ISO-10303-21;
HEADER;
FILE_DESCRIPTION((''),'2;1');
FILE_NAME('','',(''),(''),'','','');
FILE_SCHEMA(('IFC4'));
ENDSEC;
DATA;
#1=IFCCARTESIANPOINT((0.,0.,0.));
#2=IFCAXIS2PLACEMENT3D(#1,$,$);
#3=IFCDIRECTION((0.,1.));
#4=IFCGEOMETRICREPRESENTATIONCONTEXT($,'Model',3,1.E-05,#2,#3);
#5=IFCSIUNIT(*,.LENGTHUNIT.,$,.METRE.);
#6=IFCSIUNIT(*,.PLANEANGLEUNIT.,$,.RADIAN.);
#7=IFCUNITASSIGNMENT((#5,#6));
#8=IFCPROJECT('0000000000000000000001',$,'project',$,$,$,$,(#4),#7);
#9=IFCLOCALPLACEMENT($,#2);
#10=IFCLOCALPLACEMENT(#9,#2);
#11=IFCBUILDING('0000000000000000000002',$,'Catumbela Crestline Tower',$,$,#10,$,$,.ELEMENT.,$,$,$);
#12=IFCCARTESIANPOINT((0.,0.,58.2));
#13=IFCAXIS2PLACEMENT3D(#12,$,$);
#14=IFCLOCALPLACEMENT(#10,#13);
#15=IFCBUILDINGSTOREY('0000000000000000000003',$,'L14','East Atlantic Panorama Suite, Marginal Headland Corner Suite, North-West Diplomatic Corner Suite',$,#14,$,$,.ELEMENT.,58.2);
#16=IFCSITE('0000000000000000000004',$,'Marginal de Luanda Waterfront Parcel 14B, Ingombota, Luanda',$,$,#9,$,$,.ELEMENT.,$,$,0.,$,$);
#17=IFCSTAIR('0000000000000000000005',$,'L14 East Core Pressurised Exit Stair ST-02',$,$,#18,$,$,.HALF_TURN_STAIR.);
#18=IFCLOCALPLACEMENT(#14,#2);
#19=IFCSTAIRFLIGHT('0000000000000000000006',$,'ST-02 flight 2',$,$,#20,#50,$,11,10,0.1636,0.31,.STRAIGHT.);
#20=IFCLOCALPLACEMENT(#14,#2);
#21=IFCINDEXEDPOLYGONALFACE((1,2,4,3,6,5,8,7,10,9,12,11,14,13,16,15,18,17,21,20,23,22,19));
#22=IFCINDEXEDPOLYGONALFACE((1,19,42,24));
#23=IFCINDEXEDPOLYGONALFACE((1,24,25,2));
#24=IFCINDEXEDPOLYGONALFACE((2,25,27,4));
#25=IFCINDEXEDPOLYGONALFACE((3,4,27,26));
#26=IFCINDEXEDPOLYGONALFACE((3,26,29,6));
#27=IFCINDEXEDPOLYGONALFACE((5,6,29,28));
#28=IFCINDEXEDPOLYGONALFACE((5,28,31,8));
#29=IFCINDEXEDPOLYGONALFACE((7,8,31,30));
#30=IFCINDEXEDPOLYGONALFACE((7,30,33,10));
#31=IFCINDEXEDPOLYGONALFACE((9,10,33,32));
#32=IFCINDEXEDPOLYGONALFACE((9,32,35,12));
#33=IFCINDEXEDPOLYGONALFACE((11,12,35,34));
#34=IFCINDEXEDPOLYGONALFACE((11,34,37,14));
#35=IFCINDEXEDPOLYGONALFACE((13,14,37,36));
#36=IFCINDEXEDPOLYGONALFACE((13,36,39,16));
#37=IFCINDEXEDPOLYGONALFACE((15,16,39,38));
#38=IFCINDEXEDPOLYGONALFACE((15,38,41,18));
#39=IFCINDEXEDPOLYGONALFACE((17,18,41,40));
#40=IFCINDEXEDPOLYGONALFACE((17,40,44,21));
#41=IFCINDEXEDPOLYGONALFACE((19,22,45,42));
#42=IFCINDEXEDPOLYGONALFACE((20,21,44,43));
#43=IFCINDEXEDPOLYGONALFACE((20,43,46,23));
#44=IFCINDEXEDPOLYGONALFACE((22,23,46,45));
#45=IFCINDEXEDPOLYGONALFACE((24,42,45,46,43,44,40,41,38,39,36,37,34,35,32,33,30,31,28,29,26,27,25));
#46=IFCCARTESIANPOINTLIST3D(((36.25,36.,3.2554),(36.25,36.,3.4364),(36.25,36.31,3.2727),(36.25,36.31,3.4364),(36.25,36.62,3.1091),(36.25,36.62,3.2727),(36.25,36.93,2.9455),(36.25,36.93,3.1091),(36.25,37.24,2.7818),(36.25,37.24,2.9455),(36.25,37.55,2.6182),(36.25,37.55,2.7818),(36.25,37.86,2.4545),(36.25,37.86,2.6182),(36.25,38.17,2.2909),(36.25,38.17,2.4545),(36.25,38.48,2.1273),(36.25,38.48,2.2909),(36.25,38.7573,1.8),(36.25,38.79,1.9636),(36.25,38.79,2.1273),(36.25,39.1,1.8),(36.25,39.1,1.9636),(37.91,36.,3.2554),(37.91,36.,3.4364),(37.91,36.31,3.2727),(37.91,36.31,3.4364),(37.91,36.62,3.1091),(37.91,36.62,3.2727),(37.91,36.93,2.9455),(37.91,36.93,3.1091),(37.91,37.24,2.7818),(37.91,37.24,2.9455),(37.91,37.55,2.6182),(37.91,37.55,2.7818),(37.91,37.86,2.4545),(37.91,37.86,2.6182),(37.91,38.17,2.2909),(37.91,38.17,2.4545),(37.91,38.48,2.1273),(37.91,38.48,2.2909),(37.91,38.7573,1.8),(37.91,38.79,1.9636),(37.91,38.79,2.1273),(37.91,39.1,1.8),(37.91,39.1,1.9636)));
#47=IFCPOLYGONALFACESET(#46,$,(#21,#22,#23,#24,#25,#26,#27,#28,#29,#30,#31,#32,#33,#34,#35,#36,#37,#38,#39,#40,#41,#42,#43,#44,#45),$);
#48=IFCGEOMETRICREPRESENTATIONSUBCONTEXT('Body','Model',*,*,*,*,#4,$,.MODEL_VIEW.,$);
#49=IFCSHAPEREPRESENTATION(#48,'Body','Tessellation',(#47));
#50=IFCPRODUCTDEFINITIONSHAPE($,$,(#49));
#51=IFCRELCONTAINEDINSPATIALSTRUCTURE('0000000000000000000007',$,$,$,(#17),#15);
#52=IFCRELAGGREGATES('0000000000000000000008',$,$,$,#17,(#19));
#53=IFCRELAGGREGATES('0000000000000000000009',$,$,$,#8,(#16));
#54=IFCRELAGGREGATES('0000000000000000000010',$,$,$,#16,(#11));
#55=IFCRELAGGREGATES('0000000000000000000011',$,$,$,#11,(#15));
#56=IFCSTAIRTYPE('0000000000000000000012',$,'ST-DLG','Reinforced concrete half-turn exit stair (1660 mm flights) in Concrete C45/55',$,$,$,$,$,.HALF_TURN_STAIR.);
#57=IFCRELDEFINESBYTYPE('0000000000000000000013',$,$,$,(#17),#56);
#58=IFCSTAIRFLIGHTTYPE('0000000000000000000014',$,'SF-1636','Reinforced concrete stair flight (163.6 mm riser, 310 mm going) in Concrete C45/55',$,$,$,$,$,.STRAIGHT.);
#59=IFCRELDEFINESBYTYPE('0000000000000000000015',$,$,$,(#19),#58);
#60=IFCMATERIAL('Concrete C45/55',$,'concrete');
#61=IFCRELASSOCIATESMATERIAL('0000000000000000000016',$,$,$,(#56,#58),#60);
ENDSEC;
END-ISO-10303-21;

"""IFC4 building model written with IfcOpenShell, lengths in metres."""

from ifc_helpers import new_model, si_unit, direction, frame, origin, place, context, subcontext, project, spatial, polyline, outline, extrude, material, type_object, element, aggregate, save


model = new_model("IFC4")

# Units and contexts
model_context = context("Model", 3, precision=1e-05, world=origin(), true_north=direction((0.0, 1.0)))
body_context = subcontext(model_context, "Body", "Model", "MODEL_VIEW")
ifc_project = project(units=[si_unit("LENGTHUNIT", "METRE"), si_unit("PLANEANGLEUNIT", "RADIAN")], contexts=[model_context])

# Site, building, storey
site_placement = place(None, origin())
site = spatial("IfcSite", under=ifc_project, at=site_placement, Name="Marginal de Luanda Waterfront Parcel 14B, Ingombota, Luanda", CompositionType="ELEMENT", RefElevation=0.0)
building_placement = place(site_placement, origin())
building = spatial("IfcBuilding", under=site, at=building_placement, Name="Catumbela Crestline Tower", CompositionType="ELEMENT")
storey_placement = place(building_placement, frame((0.0, 0.0, 58.2)))
storey = spatial("IfcBuildingStorey", under=building, at=storey_placement, Name="L14", Description="East Atlantic Panorama Suite, Marginal Headland Corner Suite, North-West Diplomatic Corner Suite", CompositionType="ELEMENT", Elevation=58.2)

# Stair, stair flight
ifc_material_1 = material(Name="Concrete C45/55", Category="concrete")
stair_type = type_object("IfcStairType", Name="ST-DLG", Description="Reinforced concrete half-turn exit stair (1660 mm flights) in Concrete C45/55", PredefinedType="HALF_TURN_STAIR", material=ifc_material_1)
stair_placement = place(storey_placement, origin())
stair = element("IfcStair", 1, at=stair_placement, inside=storey, type_object=stair_type, Name="L14 East Core Pressurised Exit Stair ST-02", PredefinedType="HALF_TURN_STAIR")
stair_flight_type = type_object("IfcStairFlightType", Name="SF-1636", Description="Reinforced concrete stair flight (163.6 mm riser, 310 mm going) in Concrete C45/55", PredefinedType="STRAIGHT", material=ifc_material_1)
stair_flight_1_placement = place(storey_placement, frame((37.08, 39.1, 1.8), z_axis=(0.0, 0.0, 1.0), x_axis=(0.0, -1.0, 0.0)))
stair_flight_1 = element("IfcStairFlight", 2, at=stair_flight_1_placement, type_object=stair_flight_type, Name="ST-02 flight 2", NumberOfRisers=11, NumberOfTreads=10, PredefinedType="STRAIGHT", RiserHeight=0.1636, TreadLength=0.31, context=body_context, shape_type="SweptSolid", body=[
    extrude(outline(polyline([(0.0, 0.0), (0.0, 0.1636), (0.31, 0.1636), (0.31, 0.3273), (0.62, 0.3273), (0.62, 0.4909), (0.93, 0.4909), (0.93, 0.6545), (1.24, 0.6545), (1.24, 0.8182), (1.55, 0.8182), (1.55, 0.9818), (1.86, 0.9818), (1.86, 1.1455), (2.17, 1.1455), (2.17, 1.3091), (2.48, 1.3091), (2.48, 1.4727), (2.79, 1.4727), (2.79, 1.6364), (3.1, 1.6364), (3.1, 1.8), (3.1, 1.4554), (0.3427, 0.0), (0.0, 0.0)])), frame((0.0, 0.83, 0.0), z_axis=(0.0, -1.0, 0.0), x_axis=(1.0, 0.0, 0.0)), (0.0, 0.0, 1.0), 1.66),
])
aggregate(stair, [stair_flight_1])

save(model, "model.ifc")
